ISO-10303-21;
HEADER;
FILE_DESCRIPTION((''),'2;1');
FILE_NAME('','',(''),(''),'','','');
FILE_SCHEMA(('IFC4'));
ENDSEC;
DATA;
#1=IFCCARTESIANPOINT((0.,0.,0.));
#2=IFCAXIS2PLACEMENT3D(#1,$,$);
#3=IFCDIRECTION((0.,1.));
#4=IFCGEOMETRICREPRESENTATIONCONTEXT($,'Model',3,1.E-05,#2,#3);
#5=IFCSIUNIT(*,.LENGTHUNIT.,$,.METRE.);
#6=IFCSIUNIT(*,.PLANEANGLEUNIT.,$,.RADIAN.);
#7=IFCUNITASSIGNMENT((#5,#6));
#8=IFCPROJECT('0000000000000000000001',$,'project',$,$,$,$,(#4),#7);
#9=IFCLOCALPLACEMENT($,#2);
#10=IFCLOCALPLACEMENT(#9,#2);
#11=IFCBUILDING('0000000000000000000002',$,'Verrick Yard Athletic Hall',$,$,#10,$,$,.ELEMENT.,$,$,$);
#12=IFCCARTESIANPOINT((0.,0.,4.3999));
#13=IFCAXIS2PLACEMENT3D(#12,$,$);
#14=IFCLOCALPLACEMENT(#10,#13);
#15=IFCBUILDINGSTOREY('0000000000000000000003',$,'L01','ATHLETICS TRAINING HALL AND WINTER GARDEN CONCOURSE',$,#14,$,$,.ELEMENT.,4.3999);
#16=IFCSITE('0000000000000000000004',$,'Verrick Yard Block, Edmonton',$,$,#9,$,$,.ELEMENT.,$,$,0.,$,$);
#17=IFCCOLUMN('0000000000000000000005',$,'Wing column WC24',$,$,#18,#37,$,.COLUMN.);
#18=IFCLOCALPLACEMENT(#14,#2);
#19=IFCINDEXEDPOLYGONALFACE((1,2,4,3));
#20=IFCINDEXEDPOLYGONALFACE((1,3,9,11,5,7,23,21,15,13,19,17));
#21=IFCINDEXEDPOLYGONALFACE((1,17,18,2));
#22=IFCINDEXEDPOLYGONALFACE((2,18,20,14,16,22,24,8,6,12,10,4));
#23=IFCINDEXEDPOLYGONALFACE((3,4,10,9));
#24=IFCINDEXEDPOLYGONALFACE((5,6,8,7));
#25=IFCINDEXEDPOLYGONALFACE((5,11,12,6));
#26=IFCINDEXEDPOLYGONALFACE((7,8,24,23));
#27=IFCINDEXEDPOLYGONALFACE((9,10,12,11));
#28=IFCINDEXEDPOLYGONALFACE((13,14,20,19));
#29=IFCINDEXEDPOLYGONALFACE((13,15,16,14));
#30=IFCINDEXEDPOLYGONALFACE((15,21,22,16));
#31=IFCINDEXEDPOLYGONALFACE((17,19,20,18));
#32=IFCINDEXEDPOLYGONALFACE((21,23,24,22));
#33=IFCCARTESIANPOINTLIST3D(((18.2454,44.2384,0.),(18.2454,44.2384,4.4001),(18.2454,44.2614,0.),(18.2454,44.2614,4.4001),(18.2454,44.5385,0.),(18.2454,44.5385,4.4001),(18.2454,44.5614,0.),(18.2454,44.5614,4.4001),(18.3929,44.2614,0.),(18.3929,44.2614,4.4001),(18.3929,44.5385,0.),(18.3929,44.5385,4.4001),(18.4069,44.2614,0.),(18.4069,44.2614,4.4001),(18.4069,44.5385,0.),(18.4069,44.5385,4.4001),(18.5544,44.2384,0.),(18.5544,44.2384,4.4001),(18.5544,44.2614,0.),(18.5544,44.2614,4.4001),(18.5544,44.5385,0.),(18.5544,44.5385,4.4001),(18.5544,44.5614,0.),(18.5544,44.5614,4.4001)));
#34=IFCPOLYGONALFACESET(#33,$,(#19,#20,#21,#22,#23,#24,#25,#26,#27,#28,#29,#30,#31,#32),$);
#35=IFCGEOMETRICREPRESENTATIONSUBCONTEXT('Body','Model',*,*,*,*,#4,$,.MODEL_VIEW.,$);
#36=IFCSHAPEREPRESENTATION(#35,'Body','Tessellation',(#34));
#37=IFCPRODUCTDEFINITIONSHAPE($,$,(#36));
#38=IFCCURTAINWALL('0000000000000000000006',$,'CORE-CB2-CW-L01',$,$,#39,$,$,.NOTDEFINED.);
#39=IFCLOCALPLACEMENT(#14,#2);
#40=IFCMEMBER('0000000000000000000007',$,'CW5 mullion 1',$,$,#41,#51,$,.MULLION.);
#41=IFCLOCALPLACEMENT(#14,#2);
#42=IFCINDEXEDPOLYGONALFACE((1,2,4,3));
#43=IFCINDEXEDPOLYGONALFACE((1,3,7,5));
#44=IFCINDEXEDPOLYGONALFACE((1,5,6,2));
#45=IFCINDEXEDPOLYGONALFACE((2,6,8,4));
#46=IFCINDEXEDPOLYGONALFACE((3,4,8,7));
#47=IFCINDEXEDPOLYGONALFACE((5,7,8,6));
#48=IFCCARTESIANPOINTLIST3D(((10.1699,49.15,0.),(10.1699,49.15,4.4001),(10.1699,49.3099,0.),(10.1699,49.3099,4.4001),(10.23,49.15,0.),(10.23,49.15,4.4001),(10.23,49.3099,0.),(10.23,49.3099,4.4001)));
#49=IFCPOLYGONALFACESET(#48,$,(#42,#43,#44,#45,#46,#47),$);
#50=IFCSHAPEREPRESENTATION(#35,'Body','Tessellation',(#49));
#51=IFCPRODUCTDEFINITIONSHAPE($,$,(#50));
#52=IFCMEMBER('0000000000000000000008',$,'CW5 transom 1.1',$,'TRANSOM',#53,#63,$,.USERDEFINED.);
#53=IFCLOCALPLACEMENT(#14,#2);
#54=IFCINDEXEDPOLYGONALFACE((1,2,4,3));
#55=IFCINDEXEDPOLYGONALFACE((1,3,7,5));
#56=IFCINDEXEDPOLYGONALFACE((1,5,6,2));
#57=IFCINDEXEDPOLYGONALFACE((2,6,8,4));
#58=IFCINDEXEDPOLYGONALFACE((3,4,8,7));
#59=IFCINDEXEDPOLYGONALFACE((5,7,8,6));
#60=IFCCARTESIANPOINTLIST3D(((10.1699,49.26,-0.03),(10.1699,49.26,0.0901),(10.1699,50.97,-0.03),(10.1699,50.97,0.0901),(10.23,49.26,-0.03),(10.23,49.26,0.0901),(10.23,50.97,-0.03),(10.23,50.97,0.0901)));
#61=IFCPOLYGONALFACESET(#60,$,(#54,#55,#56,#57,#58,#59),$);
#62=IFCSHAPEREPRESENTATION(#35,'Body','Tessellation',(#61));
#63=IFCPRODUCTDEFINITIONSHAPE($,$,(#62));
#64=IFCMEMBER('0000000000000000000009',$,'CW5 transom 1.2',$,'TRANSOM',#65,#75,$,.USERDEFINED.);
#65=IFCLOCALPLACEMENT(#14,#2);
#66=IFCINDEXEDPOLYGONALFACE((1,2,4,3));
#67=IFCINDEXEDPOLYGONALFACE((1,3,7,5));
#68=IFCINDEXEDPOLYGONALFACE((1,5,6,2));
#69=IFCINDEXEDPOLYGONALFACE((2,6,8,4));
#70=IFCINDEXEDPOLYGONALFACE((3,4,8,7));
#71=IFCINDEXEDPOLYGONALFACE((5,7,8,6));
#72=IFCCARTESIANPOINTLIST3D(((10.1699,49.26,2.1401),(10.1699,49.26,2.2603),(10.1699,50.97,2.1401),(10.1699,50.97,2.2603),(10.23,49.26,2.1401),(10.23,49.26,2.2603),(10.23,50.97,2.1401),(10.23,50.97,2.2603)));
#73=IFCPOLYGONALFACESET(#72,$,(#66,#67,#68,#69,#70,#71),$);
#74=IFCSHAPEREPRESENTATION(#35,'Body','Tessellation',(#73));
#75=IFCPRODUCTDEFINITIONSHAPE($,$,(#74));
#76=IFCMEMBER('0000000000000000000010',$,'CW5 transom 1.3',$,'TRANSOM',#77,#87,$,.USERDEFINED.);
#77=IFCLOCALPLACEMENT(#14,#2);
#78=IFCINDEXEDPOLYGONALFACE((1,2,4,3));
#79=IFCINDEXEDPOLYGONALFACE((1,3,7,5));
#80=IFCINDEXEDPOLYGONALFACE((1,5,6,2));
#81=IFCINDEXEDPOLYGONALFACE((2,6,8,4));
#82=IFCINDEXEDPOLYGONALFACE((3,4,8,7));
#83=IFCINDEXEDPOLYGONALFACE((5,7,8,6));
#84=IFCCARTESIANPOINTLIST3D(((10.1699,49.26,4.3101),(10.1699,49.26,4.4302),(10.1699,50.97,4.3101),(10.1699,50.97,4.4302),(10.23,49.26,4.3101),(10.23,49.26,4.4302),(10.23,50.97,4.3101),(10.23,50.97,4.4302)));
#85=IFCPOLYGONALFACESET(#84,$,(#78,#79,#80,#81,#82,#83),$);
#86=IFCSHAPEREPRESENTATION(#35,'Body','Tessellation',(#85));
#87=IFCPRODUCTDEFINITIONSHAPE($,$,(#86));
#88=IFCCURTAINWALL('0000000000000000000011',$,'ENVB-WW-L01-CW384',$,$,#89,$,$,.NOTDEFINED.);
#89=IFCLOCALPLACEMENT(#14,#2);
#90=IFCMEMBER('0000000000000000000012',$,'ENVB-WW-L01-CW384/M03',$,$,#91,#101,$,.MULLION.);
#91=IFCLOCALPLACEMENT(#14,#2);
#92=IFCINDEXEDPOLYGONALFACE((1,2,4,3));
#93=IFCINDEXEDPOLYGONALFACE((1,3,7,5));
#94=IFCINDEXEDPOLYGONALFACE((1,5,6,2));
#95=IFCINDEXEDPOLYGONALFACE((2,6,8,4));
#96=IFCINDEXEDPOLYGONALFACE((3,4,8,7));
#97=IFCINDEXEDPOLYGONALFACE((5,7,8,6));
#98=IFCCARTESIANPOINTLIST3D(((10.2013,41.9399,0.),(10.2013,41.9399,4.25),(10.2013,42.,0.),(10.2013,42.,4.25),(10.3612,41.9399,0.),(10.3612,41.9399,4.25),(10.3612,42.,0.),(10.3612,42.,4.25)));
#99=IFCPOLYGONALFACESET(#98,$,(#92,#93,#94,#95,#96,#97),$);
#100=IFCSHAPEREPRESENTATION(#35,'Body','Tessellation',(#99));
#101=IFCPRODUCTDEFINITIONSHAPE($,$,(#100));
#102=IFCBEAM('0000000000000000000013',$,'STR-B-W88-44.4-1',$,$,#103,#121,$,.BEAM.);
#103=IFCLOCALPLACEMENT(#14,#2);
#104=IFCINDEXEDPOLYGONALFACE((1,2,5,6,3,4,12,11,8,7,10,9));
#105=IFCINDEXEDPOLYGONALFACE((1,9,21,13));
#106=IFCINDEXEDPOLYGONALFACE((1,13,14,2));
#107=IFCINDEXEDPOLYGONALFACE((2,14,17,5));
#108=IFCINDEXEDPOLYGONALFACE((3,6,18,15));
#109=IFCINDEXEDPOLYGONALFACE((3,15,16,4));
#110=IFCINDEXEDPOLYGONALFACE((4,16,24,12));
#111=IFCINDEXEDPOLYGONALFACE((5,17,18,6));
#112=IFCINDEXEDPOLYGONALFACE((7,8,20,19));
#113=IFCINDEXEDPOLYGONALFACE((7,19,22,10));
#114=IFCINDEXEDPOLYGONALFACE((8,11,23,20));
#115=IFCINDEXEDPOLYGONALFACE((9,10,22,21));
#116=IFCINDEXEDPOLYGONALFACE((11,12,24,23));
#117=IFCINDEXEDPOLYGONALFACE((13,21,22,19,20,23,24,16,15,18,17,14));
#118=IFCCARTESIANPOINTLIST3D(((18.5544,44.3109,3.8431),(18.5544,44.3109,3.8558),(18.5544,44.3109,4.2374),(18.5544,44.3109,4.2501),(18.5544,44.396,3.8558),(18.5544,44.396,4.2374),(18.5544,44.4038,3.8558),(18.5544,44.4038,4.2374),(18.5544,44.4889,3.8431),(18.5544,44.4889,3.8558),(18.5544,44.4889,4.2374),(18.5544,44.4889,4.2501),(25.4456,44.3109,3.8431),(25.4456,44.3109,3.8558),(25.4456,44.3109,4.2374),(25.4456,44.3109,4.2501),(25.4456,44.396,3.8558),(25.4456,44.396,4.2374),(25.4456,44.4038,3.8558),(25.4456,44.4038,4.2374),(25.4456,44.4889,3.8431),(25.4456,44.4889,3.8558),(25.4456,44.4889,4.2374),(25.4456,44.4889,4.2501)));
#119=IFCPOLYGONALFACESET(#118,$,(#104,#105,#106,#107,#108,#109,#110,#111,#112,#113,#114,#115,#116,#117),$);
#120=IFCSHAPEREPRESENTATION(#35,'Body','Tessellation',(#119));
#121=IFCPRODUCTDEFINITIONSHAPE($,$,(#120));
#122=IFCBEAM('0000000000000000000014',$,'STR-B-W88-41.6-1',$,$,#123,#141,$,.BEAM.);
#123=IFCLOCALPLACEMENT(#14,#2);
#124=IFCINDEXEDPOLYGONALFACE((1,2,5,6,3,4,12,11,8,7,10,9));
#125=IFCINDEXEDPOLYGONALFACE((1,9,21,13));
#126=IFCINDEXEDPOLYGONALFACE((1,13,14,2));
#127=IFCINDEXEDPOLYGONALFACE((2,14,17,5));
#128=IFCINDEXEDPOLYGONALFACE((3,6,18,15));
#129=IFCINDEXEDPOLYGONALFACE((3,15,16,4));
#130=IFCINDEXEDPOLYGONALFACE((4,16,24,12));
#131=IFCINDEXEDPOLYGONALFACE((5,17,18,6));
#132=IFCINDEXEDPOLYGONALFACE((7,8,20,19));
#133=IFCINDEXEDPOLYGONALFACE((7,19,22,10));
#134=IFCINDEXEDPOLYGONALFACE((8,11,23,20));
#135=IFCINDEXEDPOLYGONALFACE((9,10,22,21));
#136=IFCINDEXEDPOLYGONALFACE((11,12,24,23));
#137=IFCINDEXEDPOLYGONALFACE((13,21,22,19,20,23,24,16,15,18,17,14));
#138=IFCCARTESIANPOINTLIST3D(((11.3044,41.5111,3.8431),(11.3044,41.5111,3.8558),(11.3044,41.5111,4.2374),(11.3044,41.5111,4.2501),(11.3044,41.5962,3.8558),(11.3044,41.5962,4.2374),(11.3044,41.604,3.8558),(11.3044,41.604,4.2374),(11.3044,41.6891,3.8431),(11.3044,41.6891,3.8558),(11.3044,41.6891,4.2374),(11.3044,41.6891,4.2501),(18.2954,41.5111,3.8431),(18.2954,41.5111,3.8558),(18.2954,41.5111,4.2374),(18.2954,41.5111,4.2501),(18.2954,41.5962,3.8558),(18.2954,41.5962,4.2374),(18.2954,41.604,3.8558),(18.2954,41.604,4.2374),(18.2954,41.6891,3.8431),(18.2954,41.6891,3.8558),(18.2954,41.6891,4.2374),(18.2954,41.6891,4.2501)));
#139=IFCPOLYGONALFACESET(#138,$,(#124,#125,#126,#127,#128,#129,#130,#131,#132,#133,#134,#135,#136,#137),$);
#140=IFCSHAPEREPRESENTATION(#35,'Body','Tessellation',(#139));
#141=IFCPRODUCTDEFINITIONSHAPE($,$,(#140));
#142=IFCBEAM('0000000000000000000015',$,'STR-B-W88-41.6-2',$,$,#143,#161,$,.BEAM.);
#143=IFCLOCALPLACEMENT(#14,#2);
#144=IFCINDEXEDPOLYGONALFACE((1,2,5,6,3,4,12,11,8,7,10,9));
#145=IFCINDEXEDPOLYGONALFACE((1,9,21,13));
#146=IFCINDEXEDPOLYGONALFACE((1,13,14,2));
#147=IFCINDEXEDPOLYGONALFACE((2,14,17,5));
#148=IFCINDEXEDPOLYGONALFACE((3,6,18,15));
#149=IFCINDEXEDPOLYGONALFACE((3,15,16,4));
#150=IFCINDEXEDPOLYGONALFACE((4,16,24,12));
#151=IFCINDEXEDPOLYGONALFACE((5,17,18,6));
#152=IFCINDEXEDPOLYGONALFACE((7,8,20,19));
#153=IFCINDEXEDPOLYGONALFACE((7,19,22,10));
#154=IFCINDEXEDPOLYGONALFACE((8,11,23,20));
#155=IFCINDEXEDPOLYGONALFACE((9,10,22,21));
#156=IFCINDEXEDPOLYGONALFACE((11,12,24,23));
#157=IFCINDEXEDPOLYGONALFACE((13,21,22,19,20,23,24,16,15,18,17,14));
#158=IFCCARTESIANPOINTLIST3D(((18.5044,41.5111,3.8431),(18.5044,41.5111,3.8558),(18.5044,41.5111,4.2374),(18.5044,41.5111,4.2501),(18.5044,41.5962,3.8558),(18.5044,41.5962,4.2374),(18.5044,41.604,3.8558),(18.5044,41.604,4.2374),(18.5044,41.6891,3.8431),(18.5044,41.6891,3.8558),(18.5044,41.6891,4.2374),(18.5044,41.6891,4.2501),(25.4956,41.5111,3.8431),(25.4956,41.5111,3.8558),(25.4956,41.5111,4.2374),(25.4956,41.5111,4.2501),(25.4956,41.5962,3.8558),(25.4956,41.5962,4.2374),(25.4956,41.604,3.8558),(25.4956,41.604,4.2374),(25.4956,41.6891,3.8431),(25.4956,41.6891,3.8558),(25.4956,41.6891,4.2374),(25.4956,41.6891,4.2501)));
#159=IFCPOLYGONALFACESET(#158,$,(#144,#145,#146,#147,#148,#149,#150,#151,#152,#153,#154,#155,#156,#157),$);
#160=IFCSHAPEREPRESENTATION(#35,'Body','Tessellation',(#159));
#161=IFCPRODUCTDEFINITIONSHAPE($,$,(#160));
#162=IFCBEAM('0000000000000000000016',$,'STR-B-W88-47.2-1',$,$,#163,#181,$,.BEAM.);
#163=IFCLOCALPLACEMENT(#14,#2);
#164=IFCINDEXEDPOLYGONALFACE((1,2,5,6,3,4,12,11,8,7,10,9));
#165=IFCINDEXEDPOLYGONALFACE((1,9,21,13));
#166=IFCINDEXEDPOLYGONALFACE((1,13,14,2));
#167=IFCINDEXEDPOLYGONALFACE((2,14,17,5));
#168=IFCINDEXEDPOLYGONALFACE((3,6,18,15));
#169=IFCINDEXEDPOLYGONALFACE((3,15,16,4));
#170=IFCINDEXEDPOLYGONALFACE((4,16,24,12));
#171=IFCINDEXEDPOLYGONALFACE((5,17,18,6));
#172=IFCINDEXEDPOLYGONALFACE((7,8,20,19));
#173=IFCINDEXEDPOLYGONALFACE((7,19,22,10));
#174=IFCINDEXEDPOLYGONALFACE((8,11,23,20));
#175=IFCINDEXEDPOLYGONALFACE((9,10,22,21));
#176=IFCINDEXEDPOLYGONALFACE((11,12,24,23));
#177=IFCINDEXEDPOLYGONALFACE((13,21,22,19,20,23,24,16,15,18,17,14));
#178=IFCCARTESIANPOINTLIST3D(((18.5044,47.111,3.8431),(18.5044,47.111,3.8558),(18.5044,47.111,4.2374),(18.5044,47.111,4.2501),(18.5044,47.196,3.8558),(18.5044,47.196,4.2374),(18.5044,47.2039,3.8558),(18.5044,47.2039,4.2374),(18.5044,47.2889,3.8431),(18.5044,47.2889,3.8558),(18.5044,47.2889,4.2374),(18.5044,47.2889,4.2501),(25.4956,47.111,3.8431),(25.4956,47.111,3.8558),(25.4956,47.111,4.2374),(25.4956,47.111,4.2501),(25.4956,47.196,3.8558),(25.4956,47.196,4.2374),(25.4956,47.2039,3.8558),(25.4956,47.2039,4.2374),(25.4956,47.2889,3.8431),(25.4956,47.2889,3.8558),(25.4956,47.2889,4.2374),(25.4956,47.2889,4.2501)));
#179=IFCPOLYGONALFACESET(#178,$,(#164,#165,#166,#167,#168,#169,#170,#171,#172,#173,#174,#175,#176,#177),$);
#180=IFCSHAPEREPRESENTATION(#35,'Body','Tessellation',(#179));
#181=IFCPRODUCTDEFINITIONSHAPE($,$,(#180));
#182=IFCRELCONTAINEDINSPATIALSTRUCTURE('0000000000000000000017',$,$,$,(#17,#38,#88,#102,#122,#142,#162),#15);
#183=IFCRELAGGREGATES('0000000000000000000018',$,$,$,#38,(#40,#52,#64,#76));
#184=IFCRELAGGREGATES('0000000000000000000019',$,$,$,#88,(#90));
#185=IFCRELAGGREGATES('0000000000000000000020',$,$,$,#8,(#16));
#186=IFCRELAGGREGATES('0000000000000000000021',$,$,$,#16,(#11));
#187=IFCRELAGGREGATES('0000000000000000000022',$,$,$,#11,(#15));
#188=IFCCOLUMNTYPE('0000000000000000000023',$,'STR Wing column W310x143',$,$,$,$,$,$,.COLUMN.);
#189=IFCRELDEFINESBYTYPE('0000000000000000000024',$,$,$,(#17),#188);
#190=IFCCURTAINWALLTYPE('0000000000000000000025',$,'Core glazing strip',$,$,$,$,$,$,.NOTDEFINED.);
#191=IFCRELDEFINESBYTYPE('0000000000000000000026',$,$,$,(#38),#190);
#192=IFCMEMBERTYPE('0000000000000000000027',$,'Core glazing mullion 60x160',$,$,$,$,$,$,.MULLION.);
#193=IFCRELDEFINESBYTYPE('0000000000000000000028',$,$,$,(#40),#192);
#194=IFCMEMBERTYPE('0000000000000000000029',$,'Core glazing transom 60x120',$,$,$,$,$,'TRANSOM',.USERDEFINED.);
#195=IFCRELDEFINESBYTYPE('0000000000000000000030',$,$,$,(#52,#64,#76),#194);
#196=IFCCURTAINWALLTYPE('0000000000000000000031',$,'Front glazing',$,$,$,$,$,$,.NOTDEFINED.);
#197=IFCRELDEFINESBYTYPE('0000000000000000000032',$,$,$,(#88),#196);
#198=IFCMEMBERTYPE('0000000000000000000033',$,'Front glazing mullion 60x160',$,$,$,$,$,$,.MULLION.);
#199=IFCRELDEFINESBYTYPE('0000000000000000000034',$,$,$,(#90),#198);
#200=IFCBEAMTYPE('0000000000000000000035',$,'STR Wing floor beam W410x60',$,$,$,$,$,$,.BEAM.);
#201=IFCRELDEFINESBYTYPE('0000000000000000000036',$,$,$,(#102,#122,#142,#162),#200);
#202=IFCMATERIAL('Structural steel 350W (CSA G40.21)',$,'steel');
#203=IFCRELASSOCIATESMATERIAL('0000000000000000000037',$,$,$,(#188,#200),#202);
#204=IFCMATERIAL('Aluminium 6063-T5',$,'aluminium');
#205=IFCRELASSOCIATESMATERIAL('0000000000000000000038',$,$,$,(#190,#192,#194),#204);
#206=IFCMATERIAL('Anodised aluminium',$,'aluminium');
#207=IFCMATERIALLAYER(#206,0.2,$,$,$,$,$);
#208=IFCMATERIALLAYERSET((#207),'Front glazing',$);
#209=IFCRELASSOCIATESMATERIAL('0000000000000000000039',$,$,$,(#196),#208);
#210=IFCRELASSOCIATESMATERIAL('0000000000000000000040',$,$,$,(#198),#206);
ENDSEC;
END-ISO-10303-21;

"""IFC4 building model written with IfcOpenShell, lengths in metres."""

from ifc_helpers import new_model, si_unit, direction, frame, origin, origin_2d, place, context, subcontext, project, spatial, rectangle, i_section, extrude, material, layer, layer_set, material_profile, profile_set, type_object, element, aggregate, save


model = new_model("IFC4")

# Units and contexts
model_context = context("Model", 3, precision=1e-05, world=origin(), true_north=direction((0.0, 1.0)))
body_context = subcontext(model_context, "Body", "Model", "MODEL_VIEW")
ifc_project = project(units=[si_unit("LENGTHUNIT", "METRE"), si_unit("PLANEANGLEUNIT", "RADIAN")], contexts=[model_context])

# Site, building, storey
site_placement = place(None, origin())
site = spatial("IfcSite", under=ifc_project, at=site_placement, Name="Verrick Yard Block, Edmonton", CompositionType="ELEMENT", RefElevation=0.0)
building_placement = place(site_placement, origin())
building = spatial("IfcBuilding", under=site, at=building_placement, Name="Verrick Yard Athletic Hall", CompositionType="ELEMENT")
storey_placement = place(building_placement, frame((0.0, 0.0, 4.3999)))
storey = spatial("IfcBuildingStorey", under=building, at=storey_placement, Name="L01", Description="ATHLETICS TRAINING HALL AND WINTER GARDEN CONCOURSE", CompositionType="ELEMENT", Elevation=4.3999)

# Column
ifc_material_1 = material(Name="Structural steel 350W (CSA G40.21)", Category="steel")
ifc_material_profile_1 = material_profile(ifc_material_1, i_section(OverallWidth=0.3091, OverallDepth=0.323, WebThickness=0.0139, FlangeThickness=0.0229, at=origin_2d()), Name="W310x143")
ifc_profile_set_1 = profile_set([ifc_material_profile_1], Name="Structural steel 350W (CSA G40.21)")
column_type = type_object("IfcColumnType", Name="STR Wing column W310x143", PredefinedType="COLUMN", material=ifc_profile_set_1)
column_placement = place(storey_placement, frame((18.3999, 44.3999, 0.0), z_axis=(0.0, 0.0, 1.0), x_axis=(1.0, 0.0, 0.0)))
element("IfcColumn", 1, at=column_placement, inside=storey, type_object=column_type, Name="Wing column WC24", PredefinedType="COLUMN", context=body_context, shape_type="SweptSolid", body=[
    extrude(i_section(OverallWidth=0.3091, OverallDepth=0.323, WebThickness=0.0139, FlangeThickness=0.0229, at=origin_2d()), origin(), (0.0, 0.0, 1.0), 4.4001),
])

# Curtain wall, members
ifc_material_2 = material(Name="Aluminium 6063-T5", Category="aluminium")
curtain_wall_type_1 = type_object("IfcCurtainWallType", Name="Core glazing strip", PredefinedType="NOTDEFINED", material=ifc_material_2)
curtain_wall_1_placement = place(storey_placement, origin())
curtain_wall_1 = element("IfcCurtainWall", 2, at=curtain_wall_1_placement, inside=storey, type_object=curtain_wall_type_1, Name="CORE-CB2-CW-L01", PredefinedType="NOTDEFINED")
ifc_material_profile_2 = material_profile(ifc_material_2, rectangle(XDim=0.0601, YDim=0.1599, at=origin_2d()), Name="Core glazing mullion 60x160")
ifc_profile_set_2 = profile_set([ifc_material_profile_2], Name="Aluminium 6063-T5")
member_type_1 = type_object("IfcMemberType", Name="Core glazing mullion 60x160", PredefinedType="MULLION", material=ifc_profile_set_2)
member_1_placement = place(storey_placement, frame((10.2, 49.23, 0.0), z_axis=(0.0, 0.0, 1.0), x_axis=(-1.0, 0.0, 0.0)))
member_1 = element("IfcMember", 3, at=member_1_placement, type_object=member_type_1, Name="CW5 mullion 1", PredefinedType="MULLION", context=body_context, shape_type="SweptSolid", body=[
    extrude(rectangle(XDim=0.0601, YDim=0.1599, at=origin_2d()), origin(), (0.0, 0.0, 1.0), 4.4001),
])
ifc_material_profile_3 = material_profile(ifc_material_2, rectangle(XDim=0.0601, YDim=0.1201, at=origin_2d()), Name="Core glazing transom 60x120")
ifc_profile_set_3 = profile_set([ifc_material_profile_3], Name="Aluminium 6063-T5")
member_type_2 = type_object("IfcMemberType", Name="Core glazing transom 60x120", ElementType="TRANSOM", PredefinedType="USERDEFINED", material=ifc_profile_set_3)
member_2_placement = place(storey_placement, frame((10.2, 49.26, 0.03), z_axis=(0.0, 1.0, 0.0), x_axis=(-1.0, 0.0, 0.0)))
member_2 = element("IfcMember", 4, at=member_2_placement, type_object=member_type_2, Name="CW5 transom 1.1", ObjectType="TRANSOM", PredefinedType="USERDEFINED", context=body_context, shape_type="SweptSolid", body=[
    extrude(rectangle(XDim=0.0601, YDim=0.1201, at=origin_2d()), origin(), (0.0, 0.0, 1.0), 1.71),
])
member_3_placement = place(storey_placement, frame((10.2, 49.26, 2.2002), z_axis=(0.0, 1.0, 0.0), x_axis=(-1.0, 0.0, 0.0)))
member_3 = element("IfcMember", 5, at=member_3_placement, type_object=member_type_2, Name="CW5 transom 1.2", ObjectType="TRANSOM", PredefinedType="USERDEFINED", context=body_context, shape_type="SweptSolid", body=[
    extrude(rectangle(XDim=0.0601, YDim=0.1201, at=origin_2d()), origin(), (0.0, 0.0, 1.0), 1.71),
])
member_4_placement = place(storey_placement, frame((10.2, 49.26, 4.3701), z_axis=(0.0, 1.0, 0.0), x_axis=(-1.0, 0.0, 0.0)))
member_4 = element("IfcMember", 6, at=member_4_placement, type_object=member_type_2, Name="CW5 transom 1.3", ObjectType="TRANSOM", PredefinedType="USERDEFINED", context=body_context, shape_type="SweptSolid", body=[
    extrude(rectangle(XDim=0.0601, YDim=0.1201, at=origin_2d()), origin(), (0.0, 0.0, 1.0), 1.71),
])
aggregate(curtain_wall_1, [member_1, member_2, member_3, member_4])

# Curtain wall, member
ifc_material_3 = material(Name="Anodised aluminium", Category="aluminium")
ifc_layer_1 = layer(ifc_material_3, 0.2)
ifc_layer_set_1 = layer_set([ifc_layer_1], Name="Front glazing")
curtain_wall_type_2 = type_object("IfcCurtainWallType", Name="Front glazing", PredefinedType="NOTDEFINED", material=ifc_layer_set_1)
curtain_wall_2_placement = place(storey_placement, origin())
curtain_wall_2 = element("IfcCurtainWall", 7, at=curtain_wall_2_placement, inside=storey, type_object=curtain_wall_type_2, Name="ENVB-WW-L01-CW384", PredefinedType="NOTDEFINED")
ifc_material_profile_4 = material_profile(ifc_material_3, rectangle(XDim=0.1599, YDim=0.0601, at=origin_2d()), Name="CW mullion 60x160")
ifc_profile_set_4 = profile_set([ifc_material_profile_4], Name="Anodised aluminium")
member_type_3 = type_object("IfcMemberType", Name="Front glazing mullion 60x160", PredefinedType="MULLION", material=ifc_profile_set_4)
member_5_placement = place(storey_placement, frame((10.2812, 41.97, 0.0), z_axis=(0.0, 0.0, 1.0), x_axis=(-1.0, 0.0, 0.0)))
member_5 = element("IfcMember", 8, at=member_5_placement, type_object=member_type_3, Name="ENVB-WW-L01-CW384/M03", PredefinedType="MULLION", context=body_context, shape_type="SweptSolid", body=[
    extrude(rectangle(XDim=0.1599, YDim=0.0601, at=origin_2d()), origin(), (0.0, 0.0, 1.0), 4.25),
])

# Beams
ifc_material_profile_5 = material_profile(ifc_material_1, i_section(OverallWidth=0.178, OverallDepth=0.407, WebThickness=0.0078, FlangeThickness=0.0127, at=origin_2d()), Name="W410x60")
ifc_profile_set_5 = profile_set([ifc_material_profile_5], Name="Structural steel 350W (CSA G40.21)")
beam_type_1 = type_object("IfcBeamType", Name="STR Wing floor beam W410x60", PredefinedType="BEAM", material=ifc_profile_set_5)
beam_1_placement = place(storey_placement, frame((18.5544, 44.3999, 4.0466), z_axis=(1.0, 0.0, 0.0), x_axis=(0.0, 1.0, 0.0)))
element("IfcBeam", 9, at=beam_1_placement, inside=storey, type_object=beam_type_1, Name="STR-B-W88-44.4-1", PredefinedType="BEAM", context=body_context, shape_type="SweptSolid", body=[
    extrude(i_section(OverallWidth=0.178, OverallDepth=0.407, WebThickness=0.0078, FlangeThickness=0.0127, at=origin_2d()), origin(), (0.0, 0.0, 1.0), 6.8911),
])
beam_2_placement = place(storey_placement, frame((11.3044, 41.6001, 4.0466), z_axis=(1.0, 0.0, 0.0), x_axis=(0.0, 1.0, 0.0)))
element("IfcBeam", 10, at=beam_2_placement, inside=storey, type_object=beam_type_1, Name="STR-B-W88-41.6-1", PredefinedType="BEAM", context=body_context, shape_type="SweptSolid", body=[
    extrude(i_section(OverallWidth=0.178, OverallDepth=0.407, WebThickness=0.0078, FlangeThickness=0.0127, at=origin_2d()), origin(), (0.0, 0.0, 1.0), 6.991),
])
for number, where, z_axis, x_axis, name in (
    (11, (18.5044, 41.6001, 4.0466), (1.0, 0.0, 0.0), (0.0, 1.0, 0.0), "STR-B-W88-41.6-2"),
    (12, (18.5044, 47.2, 4.0466), (1.0, 0.0, 0.0), (0.0, 1.0, 0.0), "STR-B-W88-47.2-1"),
):
    element("IfcBeam", number, at=place(storey_placement, frame(where, z_axis=z_axis, x_axis=x_axis)), inside=storey, type_object=beam_type_1, Name=name, PredefinedType="BEAM", context=body_context, shape_type="SweptSolid", body=[
        extrude(i_section(OverallWidth=0.178, OverallDepth=0.407, WebThickness=0.0078, FlangeThickness=0.0127, at=origin_2d()), origin(), (0.0, 0.0, 1.0), 6.9912),
    ])

aggregate(curtain_wall_2, [member_5])

save(model, "model.ifc")
